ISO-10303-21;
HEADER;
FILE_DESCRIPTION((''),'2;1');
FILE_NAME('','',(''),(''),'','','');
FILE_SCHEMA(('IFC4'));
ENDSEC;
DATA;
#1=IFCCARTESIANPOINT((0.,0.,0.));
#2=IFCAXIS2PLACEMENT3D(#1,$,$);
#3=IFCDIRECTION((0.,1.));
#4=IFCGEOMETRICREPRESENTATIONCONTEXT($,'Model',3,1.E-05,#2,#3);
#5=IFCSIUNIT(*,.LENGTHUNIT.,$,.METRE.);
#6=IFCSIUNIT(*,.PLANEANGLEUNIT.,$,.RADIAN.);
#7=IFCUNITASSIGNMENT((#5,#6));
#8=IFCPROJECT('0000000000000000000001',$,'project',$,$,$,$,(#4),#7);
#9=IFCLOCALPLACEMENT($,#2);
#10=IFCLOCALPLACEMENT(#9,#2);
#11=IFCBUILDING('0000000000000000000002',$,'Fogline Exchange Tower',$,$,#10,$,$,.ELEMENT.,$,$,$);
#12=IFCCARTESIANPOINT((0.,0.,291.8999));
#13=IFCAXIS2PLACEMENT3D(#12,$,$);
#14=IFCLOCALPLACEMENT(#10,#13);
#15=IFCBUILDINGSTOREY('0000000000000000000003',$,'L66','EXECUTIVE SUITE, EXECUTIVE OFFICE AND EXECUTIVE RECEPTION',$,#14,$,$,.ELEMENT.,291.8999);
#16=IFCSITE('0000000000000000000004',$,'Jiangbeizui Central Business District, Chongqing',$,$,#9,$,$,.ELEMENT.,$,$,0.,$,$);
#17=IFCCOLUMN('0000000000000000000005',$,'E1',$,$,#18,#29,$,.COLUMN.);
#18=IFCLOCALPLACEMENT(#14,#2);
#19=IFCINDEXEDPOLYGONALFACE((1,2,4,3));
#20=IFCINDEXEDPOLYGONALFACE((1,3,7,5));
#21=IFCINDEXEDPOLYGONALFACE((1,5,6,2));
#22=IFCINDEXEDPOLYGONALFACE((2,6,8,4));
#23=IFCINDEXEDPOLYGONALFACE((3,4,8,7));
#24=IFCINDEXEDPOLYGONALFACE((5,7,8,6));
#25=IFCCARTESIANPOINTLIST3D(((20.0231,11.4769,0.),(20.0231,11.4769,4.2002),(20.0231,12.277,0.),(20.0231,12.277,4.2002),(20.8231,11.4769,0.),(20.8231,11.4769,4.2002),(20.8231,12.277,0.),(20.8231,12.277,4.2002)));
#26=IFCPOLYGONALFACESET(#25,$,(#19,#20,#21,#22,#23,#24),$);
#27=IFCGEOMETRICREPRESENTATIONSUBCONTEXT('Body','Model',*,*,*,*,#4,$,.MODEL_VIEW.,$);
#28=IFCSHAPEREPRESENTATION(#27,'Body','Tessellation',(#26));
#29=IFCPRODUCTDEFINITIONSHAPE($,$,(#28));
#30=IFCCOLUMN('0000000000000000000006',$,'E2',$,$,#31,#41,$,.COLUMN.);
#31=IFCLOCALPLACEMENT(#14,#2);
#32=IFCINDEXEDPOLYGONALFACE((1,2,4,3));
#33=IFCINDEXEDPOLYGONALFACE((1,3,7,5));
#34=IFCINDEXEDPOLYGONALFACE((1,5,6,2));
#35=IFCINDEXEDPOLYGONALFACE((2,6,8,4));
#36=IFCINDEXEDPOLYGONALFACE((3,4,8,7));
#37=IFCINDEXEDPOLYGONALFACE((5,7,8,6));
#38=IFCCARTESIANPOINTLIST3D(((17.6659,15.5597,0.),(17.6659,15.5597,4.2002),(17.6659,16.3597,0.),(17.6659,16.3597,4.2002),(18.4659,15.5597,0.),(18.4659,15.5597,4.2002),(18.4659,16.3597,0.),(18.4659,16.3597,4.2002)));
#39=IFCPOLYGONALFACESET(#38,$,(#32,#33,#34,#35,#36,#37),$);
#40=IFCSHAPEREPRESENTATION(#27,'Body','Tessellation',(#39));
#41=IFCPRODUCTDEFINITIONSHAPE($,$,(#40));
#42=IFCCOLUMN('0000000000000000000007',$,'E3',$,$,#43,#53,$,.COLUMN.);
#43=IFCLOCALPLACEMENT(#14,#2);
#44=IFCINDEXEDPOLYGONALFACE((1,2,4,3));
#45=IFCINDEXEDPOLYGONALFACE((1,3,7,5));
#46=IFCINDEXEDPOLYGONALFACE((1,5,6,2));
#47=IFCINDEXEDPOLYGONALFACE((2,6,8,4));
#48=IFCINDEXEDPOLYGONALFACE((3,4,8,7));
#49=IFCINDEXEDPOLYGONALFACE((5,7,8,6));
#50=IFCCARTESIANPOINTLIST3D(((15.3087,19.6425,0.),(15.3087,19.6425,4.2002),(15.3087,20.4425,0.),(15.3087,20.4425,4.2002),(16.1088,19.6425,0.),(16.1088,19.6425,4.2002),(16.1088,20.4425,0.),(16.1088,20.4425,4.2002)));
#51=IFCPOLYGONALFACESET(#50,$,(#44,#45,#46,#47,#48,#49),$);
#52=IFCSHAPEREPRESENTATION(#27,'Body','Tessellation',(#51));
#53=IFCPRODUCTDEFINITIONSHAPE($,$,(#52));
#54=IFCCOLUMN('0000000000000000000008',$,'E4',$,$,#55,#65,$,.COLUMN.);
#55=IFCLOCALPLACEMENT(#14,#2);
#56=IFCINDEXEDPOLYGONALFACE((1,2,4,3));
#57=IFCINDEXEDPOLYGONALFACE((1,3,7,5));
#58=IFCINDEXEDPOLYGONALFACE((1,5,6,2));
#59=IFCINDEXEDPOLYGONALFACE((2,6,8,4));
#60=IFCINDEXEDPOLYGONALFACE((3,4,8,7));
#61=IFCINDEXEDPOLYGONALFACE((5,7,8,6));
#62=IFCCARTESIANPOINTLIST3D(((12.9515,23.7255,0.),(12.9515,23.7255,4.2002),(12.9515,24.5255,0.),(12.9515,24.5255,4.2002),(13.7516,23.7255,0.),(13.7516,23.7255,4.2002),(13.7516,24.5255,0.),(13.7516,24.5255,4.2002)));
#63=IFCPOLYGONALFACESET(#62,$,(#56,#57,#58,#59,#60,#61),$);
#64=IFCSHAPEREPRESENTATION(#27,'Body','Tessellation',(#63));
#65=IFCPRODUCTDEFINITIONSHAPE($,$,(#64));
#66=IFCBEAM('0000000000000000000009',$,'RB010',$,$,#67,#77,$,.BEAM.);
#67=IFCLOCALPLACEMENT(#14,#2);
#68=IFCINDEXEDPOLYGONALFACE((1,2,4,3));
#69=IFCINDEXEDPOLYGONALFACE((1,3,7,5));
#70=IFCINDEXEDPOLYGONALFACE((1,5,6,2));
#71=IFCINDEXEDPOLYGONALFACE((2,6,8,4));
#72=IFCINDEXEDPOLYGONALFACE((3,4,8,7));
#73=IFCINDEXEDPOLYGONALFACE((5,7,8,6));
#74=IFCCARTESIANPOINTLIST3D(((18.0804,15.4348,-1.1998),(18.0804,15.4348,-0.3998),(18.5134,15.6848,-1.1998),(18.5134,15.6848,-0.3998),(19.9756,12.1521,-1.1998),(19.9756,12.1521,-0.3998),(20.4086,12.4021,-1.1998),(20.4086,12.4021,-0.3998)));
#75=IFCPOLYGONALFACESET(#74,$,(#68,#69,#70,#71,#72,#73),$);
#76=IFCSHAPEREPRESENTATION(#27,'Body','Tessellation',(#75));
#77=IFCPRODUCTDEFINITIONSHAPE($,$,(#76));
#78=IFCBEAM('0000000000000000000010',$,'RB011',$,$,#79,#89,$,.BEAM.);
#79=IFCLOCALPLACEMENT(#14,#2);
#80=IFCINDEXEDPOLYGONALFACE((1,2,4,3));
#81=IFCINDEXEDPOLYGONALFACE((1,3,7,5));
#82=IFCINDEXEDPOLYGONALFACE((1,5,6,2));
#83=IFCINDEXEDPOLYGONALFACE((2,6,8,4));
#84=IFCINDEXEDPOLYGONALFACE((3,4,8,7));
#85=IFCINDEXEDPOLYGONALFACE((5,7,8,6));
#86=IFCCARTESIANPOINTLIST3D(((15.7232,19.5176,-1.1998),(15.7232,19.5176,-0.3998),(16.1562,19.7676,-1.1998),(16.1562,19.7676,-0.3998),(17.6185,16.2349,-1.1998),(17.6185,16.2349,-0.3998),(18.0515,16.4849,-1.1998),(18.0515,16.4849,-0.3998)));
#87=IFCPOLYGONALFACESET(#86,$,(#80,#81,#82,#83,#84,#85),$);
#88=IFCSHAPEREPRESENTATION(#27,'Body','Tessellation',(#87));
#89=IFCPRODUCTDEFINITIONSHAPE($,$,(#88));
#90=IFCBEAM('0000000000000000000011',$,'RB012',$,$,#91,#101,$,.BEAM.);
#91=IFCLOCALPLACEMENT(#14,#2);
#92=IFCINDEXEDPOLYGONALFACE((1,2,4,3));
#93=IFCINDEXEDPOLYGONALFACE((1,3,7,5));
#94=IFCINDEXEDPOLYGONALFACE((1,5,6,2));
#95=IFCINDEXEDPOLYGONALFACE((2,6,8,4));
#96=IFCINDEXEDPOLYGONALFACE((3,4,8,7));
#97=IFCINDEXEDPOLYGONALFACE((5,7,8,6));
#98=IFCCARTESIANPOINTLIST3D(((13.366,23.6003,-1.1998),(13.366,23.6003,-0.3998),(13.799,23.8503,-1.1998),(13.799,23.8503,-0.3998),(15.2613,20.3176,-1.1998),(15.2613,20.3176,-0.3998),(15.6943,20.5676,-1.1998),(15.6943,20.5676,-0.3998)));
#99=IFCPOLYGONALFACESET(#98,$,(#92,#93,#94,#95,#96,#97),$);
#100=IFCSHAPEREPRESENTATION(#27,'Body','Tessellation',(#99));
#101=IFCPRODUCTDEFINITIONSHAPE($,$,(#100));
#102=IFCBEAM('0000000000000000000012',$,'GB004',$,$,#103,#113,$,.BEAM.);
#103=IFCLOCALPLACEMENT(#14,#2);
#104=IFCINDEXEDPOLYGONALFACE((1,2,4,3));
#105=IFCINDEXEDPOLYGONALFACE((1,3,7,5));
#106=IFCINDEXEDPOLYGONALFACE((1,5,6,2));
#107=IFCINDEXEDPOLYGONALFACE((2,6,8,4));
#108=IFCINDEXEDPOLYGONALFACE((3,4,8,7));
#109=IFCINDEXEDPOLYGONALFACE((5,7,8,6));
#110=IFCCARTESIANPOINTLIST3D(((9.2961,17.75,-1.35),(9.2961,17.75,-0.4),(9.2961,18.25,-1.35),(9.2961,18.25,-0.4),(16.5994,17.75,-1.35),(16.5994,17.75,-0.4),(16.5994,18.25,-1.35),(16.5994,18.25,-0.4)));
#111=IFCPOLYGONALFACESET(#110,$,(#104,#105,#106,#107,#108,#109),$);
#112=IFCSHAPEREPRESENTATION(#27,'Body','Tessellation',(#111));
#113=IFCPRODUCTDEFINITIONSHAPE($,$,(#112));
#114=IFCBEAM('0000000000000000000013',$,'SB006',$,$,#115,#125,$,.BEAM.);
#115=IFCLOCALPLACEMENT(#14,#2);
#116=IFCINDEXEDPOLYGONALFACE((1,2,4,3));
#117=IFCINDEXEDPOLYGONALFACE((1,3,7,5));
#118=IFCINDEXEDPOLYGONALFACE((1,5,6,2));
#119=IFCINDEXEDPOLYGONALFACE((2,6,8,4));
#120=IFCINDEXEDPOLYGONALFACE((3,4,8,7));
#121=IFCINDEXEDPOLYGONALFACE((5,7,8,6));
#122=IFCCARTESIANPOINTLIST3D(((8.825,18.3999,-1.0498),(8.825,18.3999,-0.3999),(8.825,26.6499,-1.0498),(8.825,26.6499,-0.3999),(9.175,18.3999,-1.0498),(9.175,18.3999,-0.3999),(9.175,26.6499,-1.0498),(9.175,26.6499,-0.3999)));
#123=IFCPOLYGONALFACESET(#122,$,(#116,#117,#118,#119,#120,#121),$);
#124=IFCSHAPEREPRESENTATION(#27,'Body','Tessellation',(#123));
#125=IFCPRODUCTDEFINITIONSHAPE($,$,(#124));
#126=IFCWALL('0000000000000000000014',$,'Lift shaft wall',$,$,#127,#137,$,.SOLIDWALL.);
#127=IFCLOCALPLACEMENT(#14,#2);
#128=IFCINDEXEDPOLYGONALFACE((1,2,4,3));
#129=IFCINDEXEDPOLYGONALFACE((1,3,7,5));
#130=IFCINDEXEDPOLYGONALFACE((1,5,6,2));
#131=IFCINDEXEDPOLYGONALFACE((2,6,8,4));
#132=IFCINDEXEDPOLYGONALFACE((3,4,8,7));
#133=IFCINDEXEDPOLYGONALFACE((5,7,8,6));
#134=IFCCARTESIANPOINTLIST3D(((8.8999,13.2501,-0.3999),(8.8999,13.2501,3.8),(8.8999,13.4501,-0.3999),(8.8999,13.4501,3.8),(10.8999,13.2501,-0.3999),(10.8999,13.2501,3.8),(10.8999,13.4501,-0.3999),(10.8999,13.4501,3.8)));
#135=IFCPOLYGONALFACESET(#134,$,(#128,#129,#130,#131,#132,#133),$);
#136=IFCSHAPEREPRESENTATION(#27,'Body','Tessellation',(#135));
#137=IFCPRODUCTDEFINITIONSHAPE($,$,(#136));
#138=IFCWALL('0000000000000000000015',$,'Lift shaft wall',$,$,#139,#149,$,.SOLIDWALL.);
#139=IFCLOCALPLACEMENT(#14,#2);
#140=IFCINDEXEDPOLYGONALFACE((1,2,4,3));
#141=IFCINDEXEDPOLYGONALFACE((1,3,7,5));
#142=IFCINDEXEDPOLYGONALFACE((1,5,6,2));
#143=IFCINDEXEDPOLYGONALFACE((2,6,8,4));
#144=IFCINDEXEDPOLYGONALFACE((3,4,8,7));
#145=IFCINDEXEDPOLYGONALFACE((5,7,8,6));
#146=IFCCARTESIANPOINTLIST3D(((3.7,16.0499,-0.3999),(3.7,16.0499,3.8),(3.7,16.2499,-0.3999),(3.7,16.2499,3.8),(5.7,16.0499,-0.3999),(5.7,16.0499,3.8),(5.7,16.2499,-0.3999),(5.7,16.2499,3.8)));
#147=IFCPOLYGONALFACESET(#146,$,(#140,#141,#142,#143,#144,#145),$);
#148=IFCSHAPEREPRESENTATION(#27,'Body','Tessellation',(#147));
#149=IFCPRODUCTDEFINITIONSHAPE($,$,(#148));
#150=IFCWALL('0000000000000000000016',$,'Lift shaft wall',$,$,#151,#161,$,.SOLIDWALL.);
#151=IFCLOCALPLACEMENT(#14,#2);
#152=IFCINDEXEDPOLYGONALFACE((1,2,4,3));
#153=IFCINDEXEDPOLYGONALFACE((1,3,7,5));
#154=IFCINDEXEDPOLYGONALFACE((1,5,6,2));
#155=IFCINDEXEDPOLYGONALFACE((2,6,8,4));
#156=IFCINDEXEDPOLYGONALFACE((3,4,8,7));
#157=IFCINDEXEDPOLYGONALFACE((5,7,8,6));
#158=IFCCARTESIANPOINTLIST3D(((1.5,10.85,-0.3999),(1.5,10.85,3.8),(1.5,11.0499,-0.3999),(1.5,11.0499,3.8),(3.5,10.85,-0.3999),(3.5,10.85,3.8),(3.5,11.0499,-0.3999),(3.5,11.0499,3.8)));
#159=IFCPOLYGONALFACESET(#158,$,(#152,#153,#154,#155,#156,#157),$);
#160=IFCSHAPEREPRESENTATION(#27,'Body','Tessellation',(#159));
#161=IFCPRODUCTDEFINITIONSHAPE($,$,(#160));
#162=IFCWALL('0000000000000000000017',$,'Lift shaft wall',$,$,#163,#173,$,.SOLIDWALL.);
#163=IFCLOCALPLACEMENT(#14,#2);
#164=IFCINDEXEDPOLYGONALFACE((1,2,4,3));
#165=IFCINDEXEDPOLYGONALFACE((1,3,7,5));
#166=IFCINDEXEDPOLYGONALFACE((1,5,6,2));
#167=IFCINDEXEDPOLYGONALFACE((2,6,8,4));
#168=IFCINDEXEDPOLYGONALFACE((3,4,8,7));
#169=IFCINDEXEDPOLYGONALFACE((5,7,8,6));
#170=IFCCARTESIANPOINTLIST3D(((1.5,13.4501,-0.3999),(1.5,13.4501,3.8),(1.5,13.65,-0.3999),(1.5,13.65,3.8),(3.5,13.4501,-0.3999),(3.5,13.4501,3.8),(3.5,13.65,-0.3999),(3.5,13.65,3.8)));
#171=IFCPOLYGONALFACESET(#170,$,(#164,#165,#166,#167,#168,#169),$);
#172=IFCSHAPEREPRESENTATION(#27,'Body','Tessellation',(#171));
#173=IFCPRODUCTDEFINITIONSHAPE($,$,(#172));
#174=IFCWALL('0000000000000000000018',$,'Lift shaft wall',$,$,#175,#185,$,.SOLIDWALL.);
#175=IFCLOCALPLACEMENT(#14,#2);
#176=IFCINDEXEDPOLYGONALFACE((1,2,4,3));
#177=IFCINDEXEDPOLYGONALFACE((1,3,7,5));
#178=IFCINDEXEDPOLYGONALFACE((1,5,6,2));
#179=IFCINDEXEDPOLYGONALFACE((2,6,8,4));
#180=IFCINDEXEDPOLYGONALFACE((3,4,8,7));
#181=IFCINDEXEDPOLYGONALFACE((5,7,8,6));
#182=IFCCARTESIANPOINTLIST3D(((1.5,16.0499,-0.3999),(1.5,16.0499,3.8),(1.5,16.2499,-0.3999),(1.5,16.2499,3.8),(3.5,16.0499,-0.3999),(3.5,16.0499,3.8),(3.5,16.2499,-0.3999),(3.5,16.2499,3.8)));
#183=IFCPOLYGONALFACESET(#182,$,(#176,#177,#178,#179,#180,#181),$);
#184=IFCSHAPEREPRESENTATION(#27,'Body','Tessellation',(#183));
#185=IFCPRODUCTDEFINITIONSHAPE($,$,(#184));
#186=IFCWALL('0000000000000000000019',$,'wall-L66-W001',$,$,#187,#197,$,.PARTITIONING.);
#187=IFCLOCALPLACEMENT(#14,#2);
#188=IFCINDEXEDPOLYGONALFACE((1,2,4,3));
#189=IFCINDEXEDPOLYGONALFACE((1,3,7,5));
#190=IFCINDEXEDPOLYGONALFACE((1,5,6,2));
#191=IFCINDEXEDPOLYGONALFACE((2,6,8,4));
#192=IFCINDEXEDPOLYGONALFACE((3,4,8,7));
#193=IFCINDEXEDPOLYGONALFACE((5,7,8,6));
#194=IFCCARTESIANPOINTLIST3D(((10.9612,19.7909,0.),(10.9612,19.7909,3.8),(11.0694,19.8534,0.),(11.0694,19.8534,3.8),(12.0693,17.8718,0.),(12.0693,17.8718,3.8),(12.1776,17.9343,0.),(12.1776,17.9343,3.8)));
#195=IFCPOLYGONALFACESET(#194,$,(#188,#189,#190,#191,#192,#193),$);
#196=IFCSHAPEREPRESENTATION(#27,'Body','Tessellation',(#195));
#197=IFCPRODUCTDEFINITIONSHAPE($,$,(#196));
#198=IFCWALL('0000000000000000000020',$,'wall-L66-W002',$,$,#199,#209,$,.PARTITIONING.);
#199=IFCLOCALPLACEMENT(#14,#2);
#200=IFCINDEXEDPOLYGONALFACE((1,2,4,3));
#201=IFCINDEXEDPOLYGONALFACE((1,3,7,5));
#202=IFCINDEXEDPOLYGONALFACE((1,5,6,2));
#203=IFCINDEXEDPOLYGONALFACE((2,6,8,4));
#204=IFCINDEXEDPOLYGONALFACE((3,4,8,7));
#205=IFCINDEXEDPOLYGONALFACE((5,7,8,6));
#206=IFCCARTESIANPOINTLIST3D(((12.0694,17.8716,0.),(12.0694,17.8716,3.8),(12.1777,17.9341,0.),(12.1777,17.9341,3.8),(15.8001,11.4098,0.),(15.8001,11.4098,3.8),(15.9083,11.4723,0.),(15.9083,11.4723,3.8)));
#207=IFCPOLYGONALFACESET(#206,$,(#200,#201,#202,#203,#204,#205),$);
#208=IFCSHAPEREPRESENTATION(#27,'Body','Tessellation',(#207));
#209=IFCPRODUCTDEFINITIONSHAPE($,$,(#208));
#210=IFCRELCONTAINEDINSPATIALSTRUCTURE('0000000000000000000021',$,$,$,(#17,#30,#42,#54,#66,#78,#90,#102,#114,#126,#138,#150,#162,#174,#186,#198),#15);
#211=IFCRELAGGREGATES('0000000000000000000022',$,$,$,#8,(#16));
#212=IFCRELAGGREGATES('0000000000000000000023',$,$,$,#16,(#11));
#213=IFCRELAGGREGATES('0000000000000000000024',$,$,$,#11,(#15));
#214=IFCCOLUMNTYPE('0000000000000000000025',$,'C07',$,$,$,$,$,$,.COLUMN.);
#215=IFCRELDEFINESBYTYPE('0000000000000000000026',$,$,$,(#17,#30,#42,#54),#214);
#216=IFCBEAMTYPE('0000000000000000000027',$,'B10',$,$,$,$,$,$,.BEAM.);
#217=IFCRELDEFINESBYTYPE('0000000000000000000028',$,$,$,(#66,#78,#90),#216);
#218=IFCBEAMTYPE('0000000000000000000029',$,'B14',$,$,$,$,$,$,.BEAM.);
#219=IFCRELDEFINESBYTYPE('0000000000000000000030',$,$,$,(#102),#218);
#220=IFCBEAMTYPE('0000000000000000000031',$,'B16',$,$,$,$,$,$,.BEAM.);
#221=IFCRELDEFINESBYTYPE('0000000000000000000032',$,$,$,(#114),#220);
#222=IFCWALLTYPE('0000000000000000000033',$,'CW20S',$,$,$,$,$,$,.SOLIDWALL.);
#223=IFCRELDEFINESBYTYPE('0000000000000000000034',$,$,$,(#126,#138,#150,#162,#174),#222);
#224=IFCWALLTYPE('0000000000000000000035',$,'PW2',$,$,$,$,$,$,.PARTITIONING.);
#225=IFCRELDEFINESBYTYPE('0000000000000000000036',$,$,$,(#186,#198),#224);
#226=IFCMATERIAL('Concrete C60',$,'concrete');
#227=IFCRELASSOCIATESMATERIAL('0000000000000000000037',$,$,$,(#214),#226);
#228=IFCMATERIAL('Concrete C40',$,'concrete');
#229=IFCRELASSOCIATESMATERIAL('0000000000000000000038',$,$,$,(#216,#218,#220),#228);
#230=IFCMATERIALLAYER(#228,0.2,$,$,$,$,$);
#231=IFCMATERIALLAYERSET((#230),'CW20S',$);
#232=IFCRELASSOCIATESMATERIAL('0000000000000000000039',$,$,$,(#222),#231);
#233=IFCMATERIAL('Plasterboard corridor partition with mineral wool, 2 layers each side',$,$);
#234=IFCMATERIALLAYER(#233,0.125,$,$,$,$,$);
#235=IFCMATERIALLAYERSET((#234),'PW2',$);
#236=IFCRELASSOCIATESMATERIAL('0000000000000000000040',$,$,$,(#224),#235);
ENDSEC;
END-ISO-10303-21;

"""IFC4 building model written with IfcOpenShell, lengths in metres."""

from ifc_helpers import new_model, si_unit, direction, frame, frame_2d, origin, origin_2d, place, context, subcontext, project, spatial, rectangle, extrude, material, layer, layer_set, material_profile, profile_set, type_object, element, save


model = new_model("IFC4")

# Units and contexts
model_context = context("Model", 3, precision=1e-05, world=origin(), true_north=direction((0.0, 1.0)))
body_context = subcontext(model_context, "Body", "Model", "MODEL_VIEW")
ifc_project = project(units=[si_unit("LENGTHUNIT", "METRE"), si_unit("PLANEANGLEUNIT", "RADIAN")], contexts=[model_context])

# Site, building, storey
site_placement = place(None, origin())
site = spatial("IfcSite", under=ifc_project, at=site_placement, Name="Jiangbeizui Central Business District, Chongqing", CompositionType="ELEMENT", RefElevation=0.0)
building_placement = place(site_placement, origin())
building = spatial("IfcBuilding", under=site, at=building_placement, Name="Fogline Exchange Tower", CompositionType="ELEMENT")
storey_placement = place(building_placement, frame((0.0, 0.0, 291.8999)))
storey = spatial("IfcBuildingStorey", under=building, at=storey_placement, Name="L66", Description="EXECUTIVE SUITE, EXECUTIVE OFFICE AND EXECUTIVE RECEPTION", CompositionType="ELEMENT", Elevation=291.8999)

# Columns
ifc_material_1 = material(Name="Concrete C60", Category="concrete")
ifc_material_profile_1 = material_profile(ifc_material_1, rectangle(XDim=0.8, YDim=0.8, at=origin_2d()), Name="RC 800x800")
ifc_profile_set_1 = profile_set([ifc_material_profile_1], Name="Concrete C60")
column_type = type_object("IfcColumnType", Name="C07", PredefinedType="COLUMN", material=ifc_profile_set_1)
for number, where, z_axis, x_axis, name in (
    (1, (20.4231, 11.877, 0.0), (0.0, 0.0, 1.0), (1.0, 0.0, 0.0), "E1"),
    (2, (18.0659, 15.9597, 0.0), (0.0, 0.0, 1.0), (1.0, 0.0, 0.0), "E2"),
    (3, (15.7087, 20.0425, 0.0), (0.0, 0.0, 1.0), (1.0, 0.0, 0.0), "E3"),
    (4, (13.3516, 24.1255, 0.0), (0.0, 0.0, 1.0), (1.0, 0.0, 0.0), "E4"),
):
    element("IfcColumn", number, at=place(storey_placement, frame(where, z_axis=z_axis, x_axis=x_axis)), inside=storey, type_object=column_type, Name=name, PredefinedType="COLUMN", context=body_context, shape_type="SweptSolid", body=[
        extrude(rectangle(XDim=0.8, YDim=0.8, at=origin_2d()), origin(), (0.0, 0.0, 1.0), 4.2002),
    ])

# Beams
ifc_material_2 = material(Name="Concrete C40", Category="concrete")
ifc_material_profile_2 = material_profile(ifc_material_2, rectangle(XDim=0.5, YDim=0.8, at=origin_2d()), Name="RC 500x800")
ifc_profile_set_2 = profile_set([ifc_material_profile_2], Name="Concrete C40")
beam_type_1 = type_object("IfcBeamType", Name="B10", PredefinedType="BEAM", material=ifc_profile_set_2)
for number, where, z_axis, x_axis, name in (
    (5, (20.1921, 12.2771, -0.7998), (-0.499998, 0.866027, 0.0), (-0.866027, -0.499998, 0.0), "RB010"),
    (6, (17.835, 16.3599, -0.7998), (-0.499998, 0.866027, 0.0), (-0.866027, -0.499998, 0.0), "RB011"),
    (7, (15.4778, 20.4426, -0.7998), (-0.499998, 0.866027, 0.0), (-0.866027, -0.499998, 0.0), "RB012"),
):
    element("IfcBeam", number, at=place(storey_placement, frame(where, z_axis=z_axis, x_axis=x_axis)), inside=storey, type_object=beam_type_1, Name=name, PredefinedType="BEAM", context=body_context, shape_type="SweptSolid", body=[
        extrude(rectangle(XDim=0.5, YDim=0.8, at=origin_2d()), origin(), (0.0, 0.0, 1.0), 3.7905),
    ])
ifc_material_profile_3 = material_profile(ifc_material_2, rectangle(XDim=0.5, YDim=0.95, at=origin_2d()), Name="RC 500x950")
ifc_profile_set_3 = profile_set([ifc_material_profile_3], Name="Concrete C40")
beam_type_2 = type_object("IfcBeamType", Name="B14", PredefinedType="BEAM", material=ifc_profile_set_3)
beam_1_placement = place(storey_placement, frame((9.2961, 18.0, -0.875), z_axis=(1.0, 0.0, 0.0), x_axis=(0.0, 1.0, 0.0)))
element("IfcBeam", 8, at=beam_1_placement, inside=storey, type_object=beam_type_2, Name="GB004", PredefinedType="BEAM", context=body_context, shape_type="SweptSolid", body=[
    extrude(rectangle(XDim=0.5, YDim=0.95, at=origin_2d()), origin(), (0.0, 0.0, 1.0), 7.3032),
])
ifc_material_profile_4 = material_profile(ifc_material_2, rectangle(XDim=0.3501, YDim=0.6499, at=origin_2d()), Name="RC 350x650")
ifc_profile_set_4 = profile_set([ifc_material_profile_4], Name="Concrete C40")
beam_type_3 = type_object("IfcBeamType", Name="B16", PredefinedType="BEAM", material=ifc_profile_set_4)
beam_2_placement = place(storey_placement, frame((9.0, 18.3999, -0.7249), z_axis=(0.0, 1.0, 0.0), x_axis=(-1.0, 0.0, 0.0)))
element("IfcBeam", 9, at=beam_2_placement, inside=storey, type_object=beam_type_3, Name="SB006", PredefinedType="BEAM", context=body_context, shape_type="SweptSolid", body=[
    extrude(rectangle(XDim=0.3501, YDim=0.6499, at=origin_2d()), origin(), (0.0, 0.0, 1.0), 8.25),
])

# Walls
ifc_layer_1 = layer(ifc_material_2, 0.2)
ifc_layer_set_1 = layer_set([ifc_layer_1], Name="CW20S")
wall_type_1 = type_object("IfcWallType", Name="CW20S", PredefinedType="SOLIDWALL", material=ifc_layer_set_1)
for number, where, z_axis, x_axis, name in (
    (10, (8.8999, 13.3501, -0.3999), (0.0, 0.0, 1.0), (1.0, 0.0, 0.0), "Lift shaft wall"),
    (11, (3.7, 16.1499, -0.3999), (0.0, 0.0, 1.0), (1.0, 0.0, 0.0), "Lift shaft wall"),
    (12, (1.5, 10.95, -0.3999), (0.0, 0.0, 1.0), (1.0, 0.0, 0.0), "Lift shaft wall"),
    (13, (1.5, 13.55, -0.3999), (0.0, 0.0, 1.0), (1.0, 0.0, 0.0), "Lift shaft wall"),
    (14, (1.5, 16.1499, -0.3999), (0.0, 0.0, 1.0), (1.0, 0.0, 0.0), "Lift shaft wall"),
):
    element("IfcWall", number, at=place(storey_placement, frame(where, z_axis=z_axis, x_axis=x_axis)), inside=storey, type_object=wall_type_1, Name=name, PredefinedType="SOLIDWALL", context=body_context, shape_type="SweptSolid", body=[
        extrude(rectangle(XDim=2.0, YDim=0.2, at=frame_2d((1.0, 0.0))), origin(), (0.0, 0.0, 1.0), 4.2),
    ])
ifc_material_3 = material(Name="Plasterboard corridor partition with mineral wool, 2 layers each side")
ifc_layer_2 = layer(ifc_material_3, 0.125)
ifc_layer_set_2 = layer_set([ifc_layer_2], Name="PW2")
wall_type_2 = type_object("IfcWallType", Name="PW2", PredefinedType="PARTITIONING", material=ifc_layer_set_2)
wall_1_placement = place(storey_placement, frame((11.0154, 19.822, 0.0), z_axis=(0.0, 0.0, 1.0), x_axis=(0.500037, -0.866004, 0.0)))
element("IfcWall", 15, at=wall_1_placement, inside=storey, type_object=wall_type_2, Name="wall-L66-W001", PredefinedType="PARTITIONING", context=body_context, shape_type="SweptSolid", body=[
    extrude(rectangle(XDim=2.2161, YDim=0.125, at=frame_2d((1.1079, 0.0))), origin(), (0.0, 0.0, 1.0), 3.8),
])
wall_2_placement = place(storey_placement, frame((12.1235, 17.9028, 0.0), z_axis=(0.0, 0.0, 1.0), x_axis=(0.499992, -0.86603, 0.0)))
element("IfcWall", 16, at=wall_2_placement, inside=storey, type_object=wall_type_2, Name="wall-L66-W002", PredefinedType="PARTITIONING", context=body_context, shape_type="SweptSolid", body=[
    extrude(rectangle(XDim=7.4614, YDim=0.125, at=frame_2d((3.7307, 0.0))), origin(), (0.0, 0.0, 1.0), 3.8),
])

save(model, "model.ifc")
